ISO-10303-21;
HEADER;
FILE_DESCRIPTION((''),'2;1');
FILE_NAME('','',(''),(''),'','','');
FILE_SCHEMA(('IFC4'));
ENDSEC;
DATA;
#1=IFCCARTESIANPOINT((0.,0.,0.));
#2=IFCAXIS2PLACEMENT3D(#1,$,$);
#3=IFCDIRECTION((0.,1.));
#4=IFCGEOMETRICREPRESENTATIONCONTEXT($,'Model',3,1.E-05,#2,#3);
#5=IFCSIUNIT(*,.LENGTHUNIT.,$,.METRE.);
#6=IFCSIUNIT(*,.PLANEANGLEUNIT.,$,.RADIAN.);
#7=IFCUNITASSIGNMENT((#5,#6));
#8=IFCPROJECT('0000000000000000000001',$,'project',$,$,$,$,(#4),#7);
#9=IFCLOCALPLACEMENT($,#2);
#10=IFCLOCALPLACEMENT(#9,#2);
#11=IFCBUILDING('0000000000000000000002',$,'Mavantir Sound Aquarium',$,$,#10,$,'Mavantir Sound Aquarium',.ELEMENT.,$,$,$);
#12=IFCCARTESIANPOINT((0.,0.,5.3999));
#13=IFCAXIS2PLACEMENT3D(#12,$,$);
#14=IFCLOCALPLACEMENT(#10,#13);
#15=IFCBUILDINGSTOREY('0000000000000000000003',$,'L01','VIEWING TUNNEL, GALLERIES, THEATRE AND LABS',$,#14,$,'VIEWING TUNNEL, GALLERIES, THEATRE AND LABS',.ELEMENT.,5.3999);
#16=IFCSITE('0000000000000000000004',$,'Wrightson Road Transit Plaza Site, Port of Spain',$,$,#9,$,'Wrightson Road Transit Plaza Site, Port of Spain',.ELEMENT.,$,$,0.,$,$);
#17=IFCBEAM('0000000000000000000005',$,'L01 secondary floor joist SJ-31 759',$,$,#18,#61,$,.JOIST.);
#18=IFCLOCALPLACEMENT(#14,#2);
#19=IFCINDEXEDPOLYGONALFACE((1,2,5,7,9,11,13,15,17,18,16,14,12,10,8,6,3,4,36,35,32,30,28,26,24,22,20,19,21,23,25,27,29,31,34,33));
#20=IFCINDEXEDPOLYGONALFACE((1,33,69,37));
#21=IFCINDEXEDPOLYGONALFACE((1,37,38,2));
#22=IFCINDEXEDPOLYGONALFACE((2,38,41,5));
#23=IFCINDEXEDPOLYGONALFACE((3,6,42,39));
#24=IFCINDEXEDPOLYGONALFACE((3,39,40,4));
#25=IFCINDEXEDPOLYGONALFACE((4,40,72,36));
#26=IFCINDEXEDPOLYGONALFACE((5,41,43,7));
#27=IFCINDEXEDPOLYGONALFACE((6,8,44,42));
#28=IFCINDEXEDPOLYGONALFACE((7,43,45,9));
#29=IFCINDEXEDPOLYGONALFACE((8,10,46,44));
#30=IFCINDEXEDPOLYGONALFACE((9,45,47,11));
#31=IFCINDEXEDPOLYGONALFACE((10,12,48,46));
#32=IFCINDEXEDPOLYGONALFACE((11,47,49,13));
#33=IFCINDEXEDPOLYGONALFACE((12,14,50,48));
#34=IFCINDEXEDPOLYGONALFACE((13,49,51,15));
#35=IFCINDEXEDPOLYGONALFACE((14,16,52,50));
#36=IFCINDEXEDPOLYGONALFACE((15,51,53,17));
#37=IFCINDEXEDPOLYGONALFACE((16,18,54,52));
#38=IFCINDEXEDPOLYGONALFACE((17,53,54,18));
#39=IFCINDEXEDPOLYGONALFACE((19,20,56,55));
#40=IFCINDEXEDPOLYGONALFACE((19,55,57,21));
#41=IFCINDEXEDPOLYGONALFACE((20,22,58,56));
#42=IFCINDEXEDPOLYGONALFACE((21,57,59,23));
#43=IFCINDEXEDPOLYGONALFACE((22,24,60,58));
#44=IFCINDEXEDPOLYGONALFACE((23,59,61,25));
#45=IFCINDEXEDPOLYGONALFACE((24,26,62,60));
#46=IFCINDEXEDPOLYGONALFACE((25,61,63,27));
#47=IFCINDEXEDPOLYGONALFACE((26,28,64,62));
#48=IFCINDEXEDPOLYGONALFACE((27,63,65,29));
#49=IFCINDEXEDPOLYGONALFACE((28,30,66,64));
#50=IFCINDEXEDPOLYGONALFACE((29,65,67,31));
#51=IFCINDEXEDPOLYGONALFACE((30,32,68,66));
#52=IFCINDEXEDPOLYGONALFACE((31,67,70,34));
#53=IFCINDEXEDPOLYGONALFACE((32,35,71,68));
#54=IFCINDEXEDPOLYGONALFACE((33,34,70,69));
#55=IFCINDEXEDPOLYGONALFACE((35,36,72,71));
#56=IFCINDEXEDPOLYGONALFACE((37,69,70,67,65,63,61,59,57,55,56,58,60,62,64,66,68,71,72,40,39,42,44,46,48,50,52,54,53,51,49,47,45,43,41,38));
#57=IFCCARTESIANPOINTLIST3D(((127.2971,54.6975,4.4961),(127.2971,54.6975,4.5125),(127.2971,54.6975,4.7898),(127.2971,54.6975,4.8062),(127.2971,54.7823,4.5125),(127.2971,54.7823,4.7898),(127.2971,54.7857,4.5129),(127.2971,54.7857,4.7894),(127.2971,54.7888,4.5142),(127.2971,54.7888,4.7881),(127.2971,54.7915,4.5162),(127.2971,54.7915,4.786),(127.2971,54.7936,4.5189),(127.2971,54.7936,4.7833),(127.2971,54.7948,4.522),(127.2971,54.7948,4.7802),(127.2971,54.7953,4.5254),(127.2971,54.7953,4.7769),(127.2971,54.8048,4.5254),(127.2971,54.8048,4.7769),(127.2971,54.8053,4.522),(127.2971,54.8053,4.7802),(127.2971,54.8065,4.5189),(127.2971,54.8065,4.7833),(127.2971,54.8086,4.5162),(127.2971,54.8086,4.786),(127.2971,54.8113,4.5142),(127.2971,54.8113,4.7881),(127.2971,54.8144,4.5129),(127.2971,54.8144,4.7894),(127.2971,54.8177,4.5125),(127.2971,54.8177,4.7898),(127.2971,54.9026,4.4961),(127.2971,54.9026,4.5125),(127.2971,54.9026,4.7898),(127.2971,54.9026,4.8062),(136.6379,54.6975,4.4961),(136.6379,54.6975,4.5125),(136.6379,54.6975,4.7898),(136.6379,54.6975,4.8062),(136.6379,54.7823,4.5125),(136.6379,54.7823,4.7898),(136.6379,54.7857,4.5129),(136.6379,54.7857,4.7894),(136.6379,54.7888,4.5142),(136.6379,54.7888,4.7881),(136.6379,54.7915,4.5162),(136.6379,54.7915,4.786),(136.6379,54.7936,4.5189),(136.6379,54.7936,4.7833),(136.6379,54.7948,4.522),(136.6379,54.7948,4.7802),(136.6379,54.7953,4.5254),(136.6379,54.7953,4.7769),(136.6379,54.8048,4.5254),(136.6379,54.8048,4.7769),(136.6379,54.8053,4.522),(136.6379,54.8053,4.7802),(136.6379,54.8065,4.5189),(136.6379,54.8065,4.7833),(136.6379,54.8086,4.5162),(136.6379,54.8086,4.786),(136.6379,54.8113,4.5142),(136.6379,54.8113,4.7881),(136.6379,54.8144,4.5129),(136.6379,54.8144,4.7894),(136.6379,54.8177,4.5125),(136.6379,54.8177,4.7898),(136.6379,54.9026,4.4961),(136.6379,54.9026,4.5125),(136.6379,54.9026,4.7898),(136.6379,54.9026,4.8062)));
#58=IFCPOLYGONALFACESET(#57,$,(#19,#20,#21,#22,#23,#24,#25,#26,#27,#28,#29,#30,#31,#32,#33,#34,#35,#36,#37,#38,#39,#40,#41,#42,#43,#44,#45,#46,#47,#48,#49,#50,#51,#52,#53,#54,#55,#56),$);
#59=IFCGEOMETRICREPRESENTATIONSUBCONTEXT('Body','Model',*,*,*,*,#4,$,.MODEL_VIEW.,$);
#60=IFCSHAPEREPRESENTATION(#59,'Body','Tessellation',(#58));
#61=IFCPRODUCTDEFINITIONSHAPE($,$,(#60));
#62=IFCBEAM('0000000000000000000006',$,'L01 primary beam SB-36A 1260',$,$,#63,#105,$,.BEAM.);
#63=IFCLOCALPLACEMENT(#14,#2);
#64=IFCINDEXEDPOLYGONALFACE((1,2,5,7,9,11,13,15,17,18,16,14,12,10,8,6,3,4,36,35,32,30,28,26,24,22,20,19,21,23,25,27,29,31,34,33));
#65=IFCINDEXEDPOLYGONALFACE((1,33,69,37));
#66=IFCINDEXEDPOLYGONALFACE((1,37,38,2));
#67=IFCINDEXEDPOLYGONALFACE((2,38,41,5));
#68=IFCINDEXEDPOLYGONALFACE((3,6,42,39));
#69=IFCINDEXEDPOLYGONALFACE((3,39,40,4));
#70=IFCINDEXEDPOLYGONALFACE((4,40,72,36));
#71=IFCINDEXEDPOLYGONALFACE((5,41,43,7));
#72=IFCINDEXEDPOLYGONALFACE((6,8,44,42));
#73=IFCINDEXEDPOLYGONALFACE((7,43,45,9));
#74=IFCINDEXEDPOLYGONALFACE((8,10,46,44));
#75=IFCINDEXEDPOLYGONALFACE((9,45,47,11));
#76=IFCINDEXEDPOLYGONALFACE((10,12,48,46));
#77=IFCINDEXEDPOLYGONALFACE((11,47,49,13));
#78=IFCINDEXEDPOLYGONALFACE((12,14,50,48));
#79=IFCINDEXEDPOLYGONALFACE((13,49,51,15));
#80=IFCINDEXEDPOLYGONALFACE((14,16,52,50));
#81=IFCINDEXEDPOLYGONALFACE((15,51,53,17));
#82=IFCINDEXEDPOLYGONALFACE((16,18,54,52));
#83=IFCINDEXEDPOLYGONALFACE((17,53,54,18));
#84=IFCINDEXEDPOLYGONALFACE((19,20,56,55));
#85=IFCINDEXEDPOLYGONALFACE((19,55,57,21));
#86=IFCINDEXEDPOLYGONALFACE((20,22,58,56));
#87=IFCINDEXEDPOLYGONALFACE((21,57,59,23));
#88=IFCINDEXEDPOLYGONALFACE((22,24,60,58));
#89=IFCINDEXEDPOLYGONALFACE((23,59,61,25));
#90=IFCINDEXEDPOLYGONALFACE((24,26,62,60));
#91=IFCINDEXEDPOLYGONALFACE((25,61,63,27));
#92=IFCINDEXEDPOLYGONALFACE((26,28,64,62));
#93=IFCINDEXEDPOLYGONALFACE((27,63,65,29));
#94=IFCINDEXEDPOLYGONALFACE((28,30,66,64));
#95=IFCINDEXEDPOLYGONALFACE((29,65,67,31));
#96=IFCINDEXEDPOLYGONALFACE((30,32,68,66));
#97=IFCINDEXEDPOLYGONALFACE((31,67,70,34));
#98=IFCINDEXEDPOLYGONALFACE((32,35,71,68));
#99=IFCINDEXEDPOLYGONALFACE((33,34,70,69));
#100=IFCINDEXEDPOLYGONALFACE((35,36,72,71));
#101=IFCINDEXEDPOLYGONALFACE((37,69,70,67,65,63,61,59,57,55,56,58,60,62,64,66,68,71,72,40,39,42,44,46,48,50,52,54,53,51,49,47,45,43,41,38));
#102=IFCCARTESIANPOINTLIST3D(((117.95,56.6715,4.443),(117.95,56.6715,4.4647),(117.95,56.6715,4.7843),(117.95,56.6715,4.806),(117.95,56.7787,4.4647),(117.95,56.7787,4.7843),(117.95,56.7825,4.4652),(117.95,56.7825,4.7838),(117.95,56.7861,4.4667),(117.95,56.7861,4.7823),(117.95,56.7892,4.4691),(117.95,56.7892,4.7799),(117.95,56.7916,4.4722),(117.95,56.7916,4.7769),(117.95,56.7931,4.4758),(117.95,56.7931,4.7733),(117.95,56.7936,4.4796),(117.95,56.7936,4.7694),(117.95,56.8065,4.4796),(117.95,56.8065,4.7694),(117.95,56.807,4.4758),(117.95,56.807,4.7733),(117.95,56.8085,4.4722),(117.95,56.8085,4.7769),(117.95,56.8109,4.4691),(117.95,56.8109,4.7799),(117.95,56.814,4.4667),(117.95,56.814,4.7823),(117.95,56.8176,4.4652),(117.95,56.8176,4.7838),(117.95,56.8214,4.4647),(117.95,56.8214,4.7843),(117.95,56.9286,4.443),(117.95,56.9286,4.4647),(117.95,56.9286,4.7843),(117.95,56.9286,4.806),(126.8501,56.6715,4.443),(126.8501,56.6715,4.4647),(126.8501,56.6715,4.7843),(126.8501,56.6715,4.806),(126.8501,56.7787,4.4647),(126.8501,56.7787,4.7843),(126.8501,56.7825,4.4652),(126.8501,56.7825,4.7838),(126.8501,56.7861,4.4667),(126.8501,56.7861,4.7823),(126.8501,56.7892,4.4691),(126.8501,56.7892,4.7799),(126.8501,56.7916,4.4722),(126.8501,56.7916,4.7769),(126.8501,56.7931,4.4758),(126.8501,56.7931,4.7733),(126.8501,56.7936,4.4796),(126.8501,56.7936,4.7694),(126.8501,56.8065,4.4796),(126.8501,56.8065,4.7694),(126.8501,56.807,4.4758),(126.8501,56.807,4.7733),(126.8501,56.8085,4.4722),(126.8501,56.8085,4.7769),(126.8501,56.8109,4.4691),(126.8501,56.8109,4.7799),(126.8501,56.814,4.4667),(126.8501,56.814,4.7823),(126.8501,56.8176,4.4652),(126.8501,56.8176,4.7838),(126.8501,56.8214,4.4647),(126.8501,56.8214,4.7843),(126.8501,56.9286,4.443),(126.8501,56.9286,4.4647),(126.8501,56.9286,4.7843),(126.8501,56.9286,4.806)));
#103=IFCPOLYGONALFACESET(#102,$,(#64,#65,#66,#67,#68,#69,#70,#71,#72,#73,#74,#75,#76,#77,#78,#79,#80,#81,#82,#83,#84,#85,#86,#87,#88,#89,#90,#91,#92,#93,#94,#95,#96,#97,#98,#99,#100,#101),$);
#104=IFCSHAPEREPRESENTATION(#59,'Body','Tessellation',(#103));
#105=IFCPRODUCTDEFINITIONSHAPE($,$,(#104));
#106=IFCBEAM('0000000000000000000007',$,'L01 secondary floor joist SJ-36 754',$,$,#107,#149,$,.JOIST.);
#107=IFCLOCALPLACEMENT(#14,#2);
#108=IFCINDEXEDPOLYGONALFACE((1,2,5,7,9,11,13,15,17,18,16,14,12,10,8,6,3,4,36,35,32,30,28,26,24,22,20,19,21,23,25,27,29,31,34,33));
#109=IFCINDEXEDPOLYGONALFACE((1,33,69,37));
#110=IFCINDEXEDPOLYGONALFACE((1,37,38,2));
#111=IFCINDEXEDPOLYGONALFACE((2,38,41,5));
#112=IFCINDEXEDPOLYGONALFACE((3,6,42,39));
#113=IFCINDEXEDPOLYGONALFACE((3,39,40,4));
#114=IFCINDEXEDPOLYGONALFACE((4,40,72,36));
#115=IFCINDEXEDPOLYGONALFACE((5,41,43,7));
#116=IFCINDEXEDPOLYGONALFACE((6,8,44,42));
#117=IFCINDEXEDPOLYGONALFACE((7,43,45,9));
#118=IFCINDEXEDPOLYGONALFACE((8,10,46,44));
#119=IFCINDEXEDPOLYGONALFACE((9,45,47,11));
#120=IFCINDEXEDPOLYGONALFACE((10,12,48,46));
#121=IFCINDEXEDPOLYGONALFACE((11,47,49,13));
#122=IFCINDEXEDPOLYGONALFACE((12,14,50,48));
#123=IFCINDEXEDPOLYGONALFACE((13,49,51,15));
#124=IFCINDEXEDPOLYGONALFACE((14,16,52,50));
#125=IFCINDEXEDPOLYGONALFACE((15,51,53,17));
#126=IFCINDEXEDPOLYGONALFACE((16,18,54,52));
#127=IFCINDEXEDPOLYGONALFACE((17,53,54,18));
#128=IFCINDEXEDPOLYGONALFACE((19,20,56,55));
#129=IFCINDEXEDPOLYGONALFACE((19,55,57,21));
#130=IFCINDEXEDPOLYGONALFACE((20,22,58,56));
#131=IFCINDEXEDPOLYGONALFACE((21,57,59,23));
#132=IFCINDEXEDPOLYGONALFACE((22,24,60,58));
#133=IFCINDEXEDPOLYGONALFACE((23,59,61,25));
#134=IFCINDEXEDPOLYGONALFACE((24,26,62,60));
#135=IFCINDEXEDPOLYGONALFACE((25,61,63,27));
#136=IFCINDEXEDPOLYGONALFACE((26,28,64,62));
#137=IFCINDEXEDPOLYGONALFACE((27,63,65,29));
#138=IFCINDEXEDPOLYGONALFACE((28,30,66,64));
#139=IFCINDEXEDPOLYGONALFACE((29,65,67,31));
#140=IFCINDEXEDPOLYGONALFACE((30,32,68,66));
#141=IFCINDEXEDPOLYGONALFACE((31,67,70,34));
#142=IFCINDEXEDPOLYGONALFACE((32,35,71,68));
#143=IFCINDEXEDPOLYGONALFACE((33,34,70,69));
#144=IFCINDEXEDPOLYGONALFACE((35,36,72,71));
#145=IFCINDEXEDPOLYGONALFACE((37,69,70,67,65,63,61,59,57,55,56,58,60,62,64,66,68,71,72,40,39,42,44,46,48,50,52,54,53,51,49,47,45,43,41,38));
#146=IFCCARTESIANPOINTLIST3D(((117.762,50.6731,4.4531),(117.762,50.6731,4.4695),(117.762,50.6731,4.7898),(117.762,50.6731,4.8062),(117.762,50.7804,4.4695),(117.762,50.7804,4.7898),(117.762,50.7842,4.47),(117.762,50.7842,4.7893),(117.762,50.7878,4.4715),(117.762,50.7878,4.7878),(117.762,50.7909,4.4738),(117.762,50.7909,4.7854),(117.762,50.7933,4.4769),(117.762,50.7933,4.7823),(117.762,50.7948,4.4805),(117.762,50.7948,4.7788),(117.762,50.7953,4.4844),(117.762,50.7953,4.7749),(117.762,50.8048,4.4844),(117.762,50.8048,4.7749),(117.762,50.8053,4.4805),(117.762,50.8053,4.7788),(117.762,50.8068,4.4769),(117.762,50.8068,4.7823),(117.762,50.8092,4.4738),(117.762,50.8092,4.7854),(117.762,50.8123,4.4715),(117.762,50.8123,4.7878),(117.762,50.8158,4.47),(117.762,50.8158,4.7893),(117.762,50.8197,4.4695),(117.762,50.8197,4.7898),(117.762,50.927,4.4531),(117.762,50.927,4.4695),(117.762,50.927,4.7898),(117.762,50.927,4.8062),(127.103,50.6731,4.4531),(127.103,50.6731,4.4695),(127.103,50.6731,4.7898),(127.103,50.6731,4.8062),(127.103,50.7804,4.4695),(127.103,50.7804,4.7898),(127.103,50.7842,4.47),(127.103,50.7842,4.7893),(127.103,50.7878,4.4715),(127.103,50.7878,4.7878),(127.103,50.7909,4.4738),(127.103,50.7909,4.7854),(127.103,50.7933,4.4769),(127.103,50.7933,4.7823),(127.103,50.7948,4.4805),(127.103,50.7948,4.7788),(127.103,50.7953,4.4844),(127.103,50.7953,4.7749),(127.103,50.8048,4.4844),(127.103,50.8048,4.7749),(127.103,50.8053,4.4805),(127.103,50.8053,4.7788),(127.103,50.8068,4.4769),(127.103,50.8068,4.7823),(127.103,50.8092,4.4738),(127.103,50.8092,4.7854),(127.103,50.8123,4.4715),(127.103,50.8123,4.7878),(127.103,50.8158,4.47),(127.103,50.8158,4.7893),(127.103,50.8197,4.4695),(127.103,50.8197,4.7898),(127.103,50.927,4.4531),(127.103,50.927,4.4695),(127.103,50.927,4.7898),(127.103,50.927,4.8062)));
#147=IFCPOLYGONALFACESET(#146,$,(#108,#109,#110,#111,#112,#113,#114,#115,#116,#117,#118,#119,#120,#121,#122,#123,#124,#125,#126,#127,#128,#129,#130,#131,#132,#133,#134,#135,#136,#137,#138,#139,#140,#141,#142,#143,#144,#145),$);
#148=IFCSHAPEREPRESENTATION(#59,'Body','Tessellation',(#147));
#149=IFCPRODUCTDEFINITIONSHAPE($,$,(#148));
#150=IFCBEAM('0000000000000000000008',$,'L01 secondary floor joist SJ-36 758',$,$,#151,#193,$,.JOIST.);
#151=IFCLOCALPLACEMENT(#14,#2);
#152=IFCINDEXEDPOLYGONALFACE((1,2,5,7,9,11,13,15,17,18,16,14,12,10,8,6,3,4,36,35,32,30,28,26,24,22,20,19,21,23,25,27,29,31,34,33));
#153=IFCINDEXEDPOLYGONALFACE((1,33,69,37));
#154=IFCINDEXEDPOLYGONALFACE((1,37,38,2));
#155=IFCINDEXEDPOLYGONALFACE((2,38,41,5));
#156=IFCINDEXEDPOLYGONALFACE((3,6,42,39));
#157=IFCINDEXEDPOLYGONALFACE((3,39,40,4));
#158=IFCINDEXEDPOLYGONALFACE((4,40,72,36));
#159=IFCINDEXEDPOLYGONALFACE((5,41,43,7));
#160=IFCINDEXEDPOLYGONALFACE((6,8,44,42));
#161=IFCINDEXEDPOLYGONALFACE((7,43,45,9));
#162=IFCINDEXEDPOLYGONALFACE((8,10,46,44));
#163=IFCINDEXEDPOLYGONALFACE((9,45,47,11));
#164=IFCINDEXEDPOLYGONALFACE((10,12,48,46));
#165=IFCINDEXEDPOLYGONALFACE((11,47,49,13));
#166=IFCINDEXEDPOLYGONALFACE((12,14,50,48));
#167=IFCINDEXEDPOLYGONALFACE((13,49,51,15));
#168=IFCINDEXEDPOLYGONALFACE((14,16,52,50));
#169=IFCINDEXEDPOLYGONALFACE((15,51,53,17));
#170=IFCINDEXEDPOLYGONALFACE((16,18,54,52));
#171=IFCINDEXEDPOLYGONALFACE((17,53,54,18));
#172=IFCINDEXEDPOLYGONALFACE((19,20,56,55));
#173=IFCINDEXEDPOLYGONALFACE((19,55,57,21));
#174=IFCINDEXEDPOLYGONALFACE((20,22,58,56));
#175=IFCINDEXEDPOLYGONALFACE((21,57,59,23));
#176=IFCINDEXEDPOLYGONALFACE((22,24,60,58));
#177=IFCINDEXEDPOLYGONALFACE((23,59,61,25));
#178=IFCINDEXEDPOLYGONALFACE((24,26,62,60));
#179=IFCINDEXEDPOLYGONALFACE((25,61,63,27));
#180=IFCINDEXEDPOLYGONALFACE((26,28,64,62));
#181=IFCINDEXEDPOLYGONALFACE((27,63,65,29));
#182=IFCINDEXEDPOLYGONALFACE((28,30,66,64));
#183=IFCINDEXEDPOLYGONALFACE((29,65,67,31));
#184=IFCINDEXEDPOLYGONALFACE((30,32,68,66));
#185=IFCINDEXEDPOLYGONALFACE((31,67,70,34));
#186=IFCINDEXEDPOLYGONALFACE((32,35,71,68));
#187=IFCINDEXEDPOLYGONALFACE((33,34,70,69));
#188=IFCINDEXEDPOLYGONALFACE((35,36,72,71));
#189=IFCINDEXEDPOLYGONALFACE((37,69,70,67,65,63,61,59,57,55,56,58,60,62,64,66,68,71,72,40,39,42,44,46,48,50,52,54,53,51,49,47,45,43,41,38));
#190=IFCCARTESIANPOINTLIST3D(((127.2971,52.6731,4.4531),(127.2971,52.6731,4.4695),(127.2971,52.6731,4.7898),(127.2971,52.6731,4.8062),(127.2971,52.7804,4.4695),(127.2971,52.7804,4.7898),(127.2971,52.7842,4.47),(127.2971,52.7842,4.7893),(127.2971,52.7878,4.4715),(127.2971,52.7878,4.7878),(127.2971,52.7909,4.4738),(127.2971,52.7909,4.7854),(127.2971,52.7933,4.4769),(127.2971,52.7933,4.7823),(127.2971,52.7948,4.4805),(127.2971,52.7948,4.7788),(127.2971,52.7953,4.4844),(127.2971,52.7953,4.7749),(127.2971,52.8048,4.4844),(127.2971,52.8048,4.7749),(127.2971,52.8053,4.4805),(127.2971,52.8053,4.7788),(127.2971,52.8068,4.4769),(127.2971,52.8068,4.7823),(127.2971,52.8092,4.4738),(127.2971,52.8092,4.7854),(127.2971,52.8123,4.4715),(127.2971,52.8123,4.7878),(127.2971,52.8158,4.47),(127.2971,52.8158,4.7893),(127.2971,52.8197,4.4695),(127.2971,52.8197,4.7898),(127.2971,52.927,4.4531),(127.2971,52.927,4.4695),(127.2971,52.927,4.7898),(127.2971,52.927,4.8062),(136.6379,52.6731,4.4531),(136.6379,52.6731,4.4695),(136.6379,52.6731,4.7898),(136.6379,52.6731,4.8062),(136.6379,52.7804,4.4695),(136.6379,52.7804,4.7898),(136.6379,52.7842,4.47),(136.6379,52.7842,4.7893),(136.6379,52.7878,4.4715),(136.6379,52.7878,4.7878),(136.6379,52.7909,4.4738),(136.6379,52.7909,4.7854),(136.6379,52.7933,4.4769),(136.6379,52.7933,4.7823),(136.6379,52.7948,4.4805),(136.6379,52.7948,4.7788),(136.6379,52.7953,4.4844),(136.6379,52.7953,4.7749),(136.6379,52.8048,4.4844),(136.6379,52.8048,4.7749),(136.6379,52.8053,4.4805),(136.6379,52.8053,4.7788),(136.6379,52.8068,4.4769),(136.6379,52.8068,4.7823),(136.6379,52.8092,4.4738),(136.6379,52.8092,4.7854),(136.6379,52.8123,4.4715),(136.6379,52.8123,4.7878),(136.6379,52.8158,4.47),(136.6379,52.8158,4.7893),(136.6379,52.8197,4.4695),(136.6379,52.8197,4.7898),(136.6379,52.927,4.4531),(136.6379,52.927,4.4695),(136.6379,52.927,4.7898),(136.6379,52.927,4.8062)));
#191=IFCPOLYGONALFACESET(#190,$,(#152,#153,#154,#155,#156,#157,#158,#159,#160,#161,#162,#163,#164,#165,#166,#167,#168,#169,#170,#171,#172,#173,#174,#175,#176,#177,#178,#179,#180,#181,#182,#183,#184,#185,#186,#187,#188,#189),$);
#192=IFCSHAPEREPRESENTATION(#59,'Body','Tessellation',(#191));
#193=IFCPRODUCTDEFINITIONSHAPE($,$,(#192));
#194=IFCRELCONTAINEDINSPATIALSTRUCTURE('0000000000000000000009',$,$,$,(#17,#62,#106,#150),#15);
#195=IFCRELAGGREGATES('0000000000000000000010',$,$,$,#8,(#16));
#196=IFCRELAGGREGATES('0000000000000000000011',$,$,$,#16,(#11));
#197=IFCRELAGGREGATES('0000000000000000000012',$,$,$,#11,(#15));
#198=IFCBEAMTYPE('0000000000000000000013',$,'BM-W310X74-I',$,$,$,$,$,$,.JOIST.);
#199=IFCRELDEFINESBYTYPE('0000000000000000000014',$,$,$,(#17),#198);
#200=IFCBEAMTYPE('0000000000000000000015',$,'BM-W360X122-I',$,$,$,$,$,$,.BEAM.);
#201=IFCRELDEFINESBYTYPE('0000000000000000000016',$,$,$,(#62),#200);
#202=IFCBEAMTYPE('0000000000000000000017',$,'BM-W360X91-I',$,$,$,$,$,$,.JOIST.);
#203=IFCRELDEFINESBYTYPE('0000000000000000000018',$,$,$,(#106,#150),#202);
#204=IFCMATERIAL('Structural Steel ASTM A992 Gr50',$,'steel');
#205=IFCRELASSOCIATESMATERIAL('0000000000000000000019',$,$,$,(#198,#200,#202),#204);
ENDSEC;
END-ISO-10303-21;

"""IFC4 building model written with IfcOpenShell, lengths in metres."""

from ifc_helpers import new_model, si_unit, direction, frame, origin, origin_2d, place, context, subcontext, project, spatial, i_section, extrude, material, material_profile, profile_set, type_object, element, save


model = new_model("IFC4")

# Units and contexts
model_context = context("Model", 3, precision=1e-05, world=origin(), true_north=direction((0.0, 1.0)))
body_context = subcontext(model_context, "Body", "Model", "MODEL_VIEW")
ifc_project = project(units=[si_unit("LENGTHUNIT", "METRE"), si_unit("PLANEANGLEUNIT", "RADIAN")], contexts=[model_context])

# Site, building, storey
site_placement = place(None, origin())
site = spatial("IfcSite", under=ifc_project, at=site_placement, Name="Wrightson Road Transit Plaza Site, Port of Spain", LongName="Wrightson Road Transit Plaza Site, Port of Spain", CompositionType="ELEMENT", RefElevation=0.0)
building_placement = place(site_placement, origin())
building = spatial("IfcBuilding", under=site, at=building_placement, Name="Mavantir Sound Aquarium", LongName="Mavantir Sound Aquarium", CompositionType="ELEMENT")
storey_placement = place(building_placement, frame((0.0, 0.0, 5.3999)))
storey = spatial("IfcBuildingStorey", under=building, at=storey_placement, Name="L01", Description="VIEWING TUNNEL, GALLERIES, THEATRE AND LABS", LongName="VIEWING TUNNEL, GALLERIES, THEATRE AND LABS", CompositionType="ELEMENT", Elevation=5.3999)

# Beams
ifc_material_1 = material(Name="Structural Steel ASTM A992 Gr50", Category="steel")
ifc_material_profile_1 = material_profile(ifc_material_1, i_section(OverallWidth=0.2051, OverallDepth=0.3101, WebThickness=0.0095, FlangeThickness=0.0164, FilletRadius=0.0129, at=origin_2d()), Name="W310X74")
ifc_profile_set_1 = profile_set([ifc_material_profile_1], Name="Structural Steel ASTM A992 Gr50")
beam_type_1 = type_object("IfcBeamType", Name="BM-W310X74-I", PredefinedType="JOIST", material=ifc_profile_set_1)
beam_1_placement = place(storey_placement, frame((127.2971, 54.8, 4.6511), z_axis=(1.0, 0.0, 0.0), x_axis=(0.0, 1.0, 0.0)))
element("IfcBeam", 1, at=beam_1_placement, inside=storey, type_object=beam_type_1, Name="L01 secondary floor joist SJ-31 759", PredefinedType="JOIST", context=body_context, shape_type="SweptSolid", body=[
    extrude(i_section(OverallWidth=0.2051, OverallDepth=0.3101, WebThickness=0.0095, FlangeThickness=0.0164, FilletRadius=0.0129, at=origin_2d()), origin(), (0.0, 0.0, 1.0), 9.3408),
])
ifc_material_profile_2 = material_profile(ifc_material_1, i_section(OverallWidth=0.2571, OverallDepth=0.363, WebThickness=0.0129, FlangeThickness=0.0217, FilletRadius=0.0149, at=origin_2d()), Name="W360X122")
ifc_profile_set_2 = profile_set([ifc_material_profile_2], Name="Structural Steel ASTM A992 Gr50")
beam_type_2 = type_object("IfcBeamType", Name="BM-W360X122-I", PredefinedType="BEAM", material=ifc_profile_set_2)
beam_2_placement = place(storey_placement, frame((117.95, 56.8, 4.6245), z_axis=(1.0, 0.0, 0.0), x_axis=(0.0, 1.0, 0.0)))
element("IfcBeam", 2, at=beam_2_placement, inside=storey, type_object=beam_type_2, Name="L01 primary beam SB-36A 1260", PredefinedType="BEAM", context=body_context, shape_type="SweptSolid", body=[
    extrude(i_section(OverallWidth=0.2571, OverallDepth=0.363, WebThickness=0.0129, FlangeThickness=0.0217, FilletRadius=0.0149, at=origin_2d()), origin(), (0.0, 0.0, 1.0), 8.9001),
])
ifc_material_profile_3 = material_profile(ifc_material_1, i_section(OverallWidth=0.2539, OverallDepth=0.353, WebThickness=0.0095, FlangeThickness=0.0164, FilletRadius=0.0149, at=origin_2d()), Name="W360X91")
ifc_profile_set_3 = profile_set([ifc_material_profile_3], Name="Structural Steel ASTM A992 Gr50")
beam_type_3 = type_object("IfcBeamType", Name="BM-W360X91-I", PredefinedType="JOIST", material=ifc_profile_set_3)
beam_3_placement = place(storey_placement, frame((117.762, 50.8, 4.6296), z_axis=(1.0, 0.0, 0.0), x_axis=(0.0, 1.0, 0.0)))
element("IfcBeam", 3, at=beam_3_placement, inside=storey, type_object=beam_type_3, Name="L01 secondary floor joist SJ-36 754", PredefinedType="JOIST", context=body_context, shape_type="SweptSolid", body=[
    extrude(i_section(OverallWidth=0.2539, OverallDepth=0.353, WebThickness=0.0095, FlangeThickness=0.0164, FilletRadius=0.0149, at=origin_2d()), origin(), (0.0, 0.0, 1.0), 9.3411),
])
beam_4_placement = place(storey_placement, frame((127.2971, 52.8, 4.6296), z_axis=(1.0, 0.0, 0.0), x_axis=(0.0, 1.0, 0.0)))
element("IfcBeam", 4, at=beam_4_placement, inside=storey, type_object=beam_type_3, Name="L01 secondary floor joist SJ-36 758", PredefinedType="JOIST", context=body_context, shape_type="SweptSolid", body=[
    extrude(i_section(OverallWidth=0.2539, OverallDepth=0.353, WebThickness=0.0095, FlangeThickness=0.0164, FilletRadius=0.0149, at=origin_2d()), origin(), (0.0, 0.0, 1.0), 9.3408),
])

save(model, "model.ifc")
